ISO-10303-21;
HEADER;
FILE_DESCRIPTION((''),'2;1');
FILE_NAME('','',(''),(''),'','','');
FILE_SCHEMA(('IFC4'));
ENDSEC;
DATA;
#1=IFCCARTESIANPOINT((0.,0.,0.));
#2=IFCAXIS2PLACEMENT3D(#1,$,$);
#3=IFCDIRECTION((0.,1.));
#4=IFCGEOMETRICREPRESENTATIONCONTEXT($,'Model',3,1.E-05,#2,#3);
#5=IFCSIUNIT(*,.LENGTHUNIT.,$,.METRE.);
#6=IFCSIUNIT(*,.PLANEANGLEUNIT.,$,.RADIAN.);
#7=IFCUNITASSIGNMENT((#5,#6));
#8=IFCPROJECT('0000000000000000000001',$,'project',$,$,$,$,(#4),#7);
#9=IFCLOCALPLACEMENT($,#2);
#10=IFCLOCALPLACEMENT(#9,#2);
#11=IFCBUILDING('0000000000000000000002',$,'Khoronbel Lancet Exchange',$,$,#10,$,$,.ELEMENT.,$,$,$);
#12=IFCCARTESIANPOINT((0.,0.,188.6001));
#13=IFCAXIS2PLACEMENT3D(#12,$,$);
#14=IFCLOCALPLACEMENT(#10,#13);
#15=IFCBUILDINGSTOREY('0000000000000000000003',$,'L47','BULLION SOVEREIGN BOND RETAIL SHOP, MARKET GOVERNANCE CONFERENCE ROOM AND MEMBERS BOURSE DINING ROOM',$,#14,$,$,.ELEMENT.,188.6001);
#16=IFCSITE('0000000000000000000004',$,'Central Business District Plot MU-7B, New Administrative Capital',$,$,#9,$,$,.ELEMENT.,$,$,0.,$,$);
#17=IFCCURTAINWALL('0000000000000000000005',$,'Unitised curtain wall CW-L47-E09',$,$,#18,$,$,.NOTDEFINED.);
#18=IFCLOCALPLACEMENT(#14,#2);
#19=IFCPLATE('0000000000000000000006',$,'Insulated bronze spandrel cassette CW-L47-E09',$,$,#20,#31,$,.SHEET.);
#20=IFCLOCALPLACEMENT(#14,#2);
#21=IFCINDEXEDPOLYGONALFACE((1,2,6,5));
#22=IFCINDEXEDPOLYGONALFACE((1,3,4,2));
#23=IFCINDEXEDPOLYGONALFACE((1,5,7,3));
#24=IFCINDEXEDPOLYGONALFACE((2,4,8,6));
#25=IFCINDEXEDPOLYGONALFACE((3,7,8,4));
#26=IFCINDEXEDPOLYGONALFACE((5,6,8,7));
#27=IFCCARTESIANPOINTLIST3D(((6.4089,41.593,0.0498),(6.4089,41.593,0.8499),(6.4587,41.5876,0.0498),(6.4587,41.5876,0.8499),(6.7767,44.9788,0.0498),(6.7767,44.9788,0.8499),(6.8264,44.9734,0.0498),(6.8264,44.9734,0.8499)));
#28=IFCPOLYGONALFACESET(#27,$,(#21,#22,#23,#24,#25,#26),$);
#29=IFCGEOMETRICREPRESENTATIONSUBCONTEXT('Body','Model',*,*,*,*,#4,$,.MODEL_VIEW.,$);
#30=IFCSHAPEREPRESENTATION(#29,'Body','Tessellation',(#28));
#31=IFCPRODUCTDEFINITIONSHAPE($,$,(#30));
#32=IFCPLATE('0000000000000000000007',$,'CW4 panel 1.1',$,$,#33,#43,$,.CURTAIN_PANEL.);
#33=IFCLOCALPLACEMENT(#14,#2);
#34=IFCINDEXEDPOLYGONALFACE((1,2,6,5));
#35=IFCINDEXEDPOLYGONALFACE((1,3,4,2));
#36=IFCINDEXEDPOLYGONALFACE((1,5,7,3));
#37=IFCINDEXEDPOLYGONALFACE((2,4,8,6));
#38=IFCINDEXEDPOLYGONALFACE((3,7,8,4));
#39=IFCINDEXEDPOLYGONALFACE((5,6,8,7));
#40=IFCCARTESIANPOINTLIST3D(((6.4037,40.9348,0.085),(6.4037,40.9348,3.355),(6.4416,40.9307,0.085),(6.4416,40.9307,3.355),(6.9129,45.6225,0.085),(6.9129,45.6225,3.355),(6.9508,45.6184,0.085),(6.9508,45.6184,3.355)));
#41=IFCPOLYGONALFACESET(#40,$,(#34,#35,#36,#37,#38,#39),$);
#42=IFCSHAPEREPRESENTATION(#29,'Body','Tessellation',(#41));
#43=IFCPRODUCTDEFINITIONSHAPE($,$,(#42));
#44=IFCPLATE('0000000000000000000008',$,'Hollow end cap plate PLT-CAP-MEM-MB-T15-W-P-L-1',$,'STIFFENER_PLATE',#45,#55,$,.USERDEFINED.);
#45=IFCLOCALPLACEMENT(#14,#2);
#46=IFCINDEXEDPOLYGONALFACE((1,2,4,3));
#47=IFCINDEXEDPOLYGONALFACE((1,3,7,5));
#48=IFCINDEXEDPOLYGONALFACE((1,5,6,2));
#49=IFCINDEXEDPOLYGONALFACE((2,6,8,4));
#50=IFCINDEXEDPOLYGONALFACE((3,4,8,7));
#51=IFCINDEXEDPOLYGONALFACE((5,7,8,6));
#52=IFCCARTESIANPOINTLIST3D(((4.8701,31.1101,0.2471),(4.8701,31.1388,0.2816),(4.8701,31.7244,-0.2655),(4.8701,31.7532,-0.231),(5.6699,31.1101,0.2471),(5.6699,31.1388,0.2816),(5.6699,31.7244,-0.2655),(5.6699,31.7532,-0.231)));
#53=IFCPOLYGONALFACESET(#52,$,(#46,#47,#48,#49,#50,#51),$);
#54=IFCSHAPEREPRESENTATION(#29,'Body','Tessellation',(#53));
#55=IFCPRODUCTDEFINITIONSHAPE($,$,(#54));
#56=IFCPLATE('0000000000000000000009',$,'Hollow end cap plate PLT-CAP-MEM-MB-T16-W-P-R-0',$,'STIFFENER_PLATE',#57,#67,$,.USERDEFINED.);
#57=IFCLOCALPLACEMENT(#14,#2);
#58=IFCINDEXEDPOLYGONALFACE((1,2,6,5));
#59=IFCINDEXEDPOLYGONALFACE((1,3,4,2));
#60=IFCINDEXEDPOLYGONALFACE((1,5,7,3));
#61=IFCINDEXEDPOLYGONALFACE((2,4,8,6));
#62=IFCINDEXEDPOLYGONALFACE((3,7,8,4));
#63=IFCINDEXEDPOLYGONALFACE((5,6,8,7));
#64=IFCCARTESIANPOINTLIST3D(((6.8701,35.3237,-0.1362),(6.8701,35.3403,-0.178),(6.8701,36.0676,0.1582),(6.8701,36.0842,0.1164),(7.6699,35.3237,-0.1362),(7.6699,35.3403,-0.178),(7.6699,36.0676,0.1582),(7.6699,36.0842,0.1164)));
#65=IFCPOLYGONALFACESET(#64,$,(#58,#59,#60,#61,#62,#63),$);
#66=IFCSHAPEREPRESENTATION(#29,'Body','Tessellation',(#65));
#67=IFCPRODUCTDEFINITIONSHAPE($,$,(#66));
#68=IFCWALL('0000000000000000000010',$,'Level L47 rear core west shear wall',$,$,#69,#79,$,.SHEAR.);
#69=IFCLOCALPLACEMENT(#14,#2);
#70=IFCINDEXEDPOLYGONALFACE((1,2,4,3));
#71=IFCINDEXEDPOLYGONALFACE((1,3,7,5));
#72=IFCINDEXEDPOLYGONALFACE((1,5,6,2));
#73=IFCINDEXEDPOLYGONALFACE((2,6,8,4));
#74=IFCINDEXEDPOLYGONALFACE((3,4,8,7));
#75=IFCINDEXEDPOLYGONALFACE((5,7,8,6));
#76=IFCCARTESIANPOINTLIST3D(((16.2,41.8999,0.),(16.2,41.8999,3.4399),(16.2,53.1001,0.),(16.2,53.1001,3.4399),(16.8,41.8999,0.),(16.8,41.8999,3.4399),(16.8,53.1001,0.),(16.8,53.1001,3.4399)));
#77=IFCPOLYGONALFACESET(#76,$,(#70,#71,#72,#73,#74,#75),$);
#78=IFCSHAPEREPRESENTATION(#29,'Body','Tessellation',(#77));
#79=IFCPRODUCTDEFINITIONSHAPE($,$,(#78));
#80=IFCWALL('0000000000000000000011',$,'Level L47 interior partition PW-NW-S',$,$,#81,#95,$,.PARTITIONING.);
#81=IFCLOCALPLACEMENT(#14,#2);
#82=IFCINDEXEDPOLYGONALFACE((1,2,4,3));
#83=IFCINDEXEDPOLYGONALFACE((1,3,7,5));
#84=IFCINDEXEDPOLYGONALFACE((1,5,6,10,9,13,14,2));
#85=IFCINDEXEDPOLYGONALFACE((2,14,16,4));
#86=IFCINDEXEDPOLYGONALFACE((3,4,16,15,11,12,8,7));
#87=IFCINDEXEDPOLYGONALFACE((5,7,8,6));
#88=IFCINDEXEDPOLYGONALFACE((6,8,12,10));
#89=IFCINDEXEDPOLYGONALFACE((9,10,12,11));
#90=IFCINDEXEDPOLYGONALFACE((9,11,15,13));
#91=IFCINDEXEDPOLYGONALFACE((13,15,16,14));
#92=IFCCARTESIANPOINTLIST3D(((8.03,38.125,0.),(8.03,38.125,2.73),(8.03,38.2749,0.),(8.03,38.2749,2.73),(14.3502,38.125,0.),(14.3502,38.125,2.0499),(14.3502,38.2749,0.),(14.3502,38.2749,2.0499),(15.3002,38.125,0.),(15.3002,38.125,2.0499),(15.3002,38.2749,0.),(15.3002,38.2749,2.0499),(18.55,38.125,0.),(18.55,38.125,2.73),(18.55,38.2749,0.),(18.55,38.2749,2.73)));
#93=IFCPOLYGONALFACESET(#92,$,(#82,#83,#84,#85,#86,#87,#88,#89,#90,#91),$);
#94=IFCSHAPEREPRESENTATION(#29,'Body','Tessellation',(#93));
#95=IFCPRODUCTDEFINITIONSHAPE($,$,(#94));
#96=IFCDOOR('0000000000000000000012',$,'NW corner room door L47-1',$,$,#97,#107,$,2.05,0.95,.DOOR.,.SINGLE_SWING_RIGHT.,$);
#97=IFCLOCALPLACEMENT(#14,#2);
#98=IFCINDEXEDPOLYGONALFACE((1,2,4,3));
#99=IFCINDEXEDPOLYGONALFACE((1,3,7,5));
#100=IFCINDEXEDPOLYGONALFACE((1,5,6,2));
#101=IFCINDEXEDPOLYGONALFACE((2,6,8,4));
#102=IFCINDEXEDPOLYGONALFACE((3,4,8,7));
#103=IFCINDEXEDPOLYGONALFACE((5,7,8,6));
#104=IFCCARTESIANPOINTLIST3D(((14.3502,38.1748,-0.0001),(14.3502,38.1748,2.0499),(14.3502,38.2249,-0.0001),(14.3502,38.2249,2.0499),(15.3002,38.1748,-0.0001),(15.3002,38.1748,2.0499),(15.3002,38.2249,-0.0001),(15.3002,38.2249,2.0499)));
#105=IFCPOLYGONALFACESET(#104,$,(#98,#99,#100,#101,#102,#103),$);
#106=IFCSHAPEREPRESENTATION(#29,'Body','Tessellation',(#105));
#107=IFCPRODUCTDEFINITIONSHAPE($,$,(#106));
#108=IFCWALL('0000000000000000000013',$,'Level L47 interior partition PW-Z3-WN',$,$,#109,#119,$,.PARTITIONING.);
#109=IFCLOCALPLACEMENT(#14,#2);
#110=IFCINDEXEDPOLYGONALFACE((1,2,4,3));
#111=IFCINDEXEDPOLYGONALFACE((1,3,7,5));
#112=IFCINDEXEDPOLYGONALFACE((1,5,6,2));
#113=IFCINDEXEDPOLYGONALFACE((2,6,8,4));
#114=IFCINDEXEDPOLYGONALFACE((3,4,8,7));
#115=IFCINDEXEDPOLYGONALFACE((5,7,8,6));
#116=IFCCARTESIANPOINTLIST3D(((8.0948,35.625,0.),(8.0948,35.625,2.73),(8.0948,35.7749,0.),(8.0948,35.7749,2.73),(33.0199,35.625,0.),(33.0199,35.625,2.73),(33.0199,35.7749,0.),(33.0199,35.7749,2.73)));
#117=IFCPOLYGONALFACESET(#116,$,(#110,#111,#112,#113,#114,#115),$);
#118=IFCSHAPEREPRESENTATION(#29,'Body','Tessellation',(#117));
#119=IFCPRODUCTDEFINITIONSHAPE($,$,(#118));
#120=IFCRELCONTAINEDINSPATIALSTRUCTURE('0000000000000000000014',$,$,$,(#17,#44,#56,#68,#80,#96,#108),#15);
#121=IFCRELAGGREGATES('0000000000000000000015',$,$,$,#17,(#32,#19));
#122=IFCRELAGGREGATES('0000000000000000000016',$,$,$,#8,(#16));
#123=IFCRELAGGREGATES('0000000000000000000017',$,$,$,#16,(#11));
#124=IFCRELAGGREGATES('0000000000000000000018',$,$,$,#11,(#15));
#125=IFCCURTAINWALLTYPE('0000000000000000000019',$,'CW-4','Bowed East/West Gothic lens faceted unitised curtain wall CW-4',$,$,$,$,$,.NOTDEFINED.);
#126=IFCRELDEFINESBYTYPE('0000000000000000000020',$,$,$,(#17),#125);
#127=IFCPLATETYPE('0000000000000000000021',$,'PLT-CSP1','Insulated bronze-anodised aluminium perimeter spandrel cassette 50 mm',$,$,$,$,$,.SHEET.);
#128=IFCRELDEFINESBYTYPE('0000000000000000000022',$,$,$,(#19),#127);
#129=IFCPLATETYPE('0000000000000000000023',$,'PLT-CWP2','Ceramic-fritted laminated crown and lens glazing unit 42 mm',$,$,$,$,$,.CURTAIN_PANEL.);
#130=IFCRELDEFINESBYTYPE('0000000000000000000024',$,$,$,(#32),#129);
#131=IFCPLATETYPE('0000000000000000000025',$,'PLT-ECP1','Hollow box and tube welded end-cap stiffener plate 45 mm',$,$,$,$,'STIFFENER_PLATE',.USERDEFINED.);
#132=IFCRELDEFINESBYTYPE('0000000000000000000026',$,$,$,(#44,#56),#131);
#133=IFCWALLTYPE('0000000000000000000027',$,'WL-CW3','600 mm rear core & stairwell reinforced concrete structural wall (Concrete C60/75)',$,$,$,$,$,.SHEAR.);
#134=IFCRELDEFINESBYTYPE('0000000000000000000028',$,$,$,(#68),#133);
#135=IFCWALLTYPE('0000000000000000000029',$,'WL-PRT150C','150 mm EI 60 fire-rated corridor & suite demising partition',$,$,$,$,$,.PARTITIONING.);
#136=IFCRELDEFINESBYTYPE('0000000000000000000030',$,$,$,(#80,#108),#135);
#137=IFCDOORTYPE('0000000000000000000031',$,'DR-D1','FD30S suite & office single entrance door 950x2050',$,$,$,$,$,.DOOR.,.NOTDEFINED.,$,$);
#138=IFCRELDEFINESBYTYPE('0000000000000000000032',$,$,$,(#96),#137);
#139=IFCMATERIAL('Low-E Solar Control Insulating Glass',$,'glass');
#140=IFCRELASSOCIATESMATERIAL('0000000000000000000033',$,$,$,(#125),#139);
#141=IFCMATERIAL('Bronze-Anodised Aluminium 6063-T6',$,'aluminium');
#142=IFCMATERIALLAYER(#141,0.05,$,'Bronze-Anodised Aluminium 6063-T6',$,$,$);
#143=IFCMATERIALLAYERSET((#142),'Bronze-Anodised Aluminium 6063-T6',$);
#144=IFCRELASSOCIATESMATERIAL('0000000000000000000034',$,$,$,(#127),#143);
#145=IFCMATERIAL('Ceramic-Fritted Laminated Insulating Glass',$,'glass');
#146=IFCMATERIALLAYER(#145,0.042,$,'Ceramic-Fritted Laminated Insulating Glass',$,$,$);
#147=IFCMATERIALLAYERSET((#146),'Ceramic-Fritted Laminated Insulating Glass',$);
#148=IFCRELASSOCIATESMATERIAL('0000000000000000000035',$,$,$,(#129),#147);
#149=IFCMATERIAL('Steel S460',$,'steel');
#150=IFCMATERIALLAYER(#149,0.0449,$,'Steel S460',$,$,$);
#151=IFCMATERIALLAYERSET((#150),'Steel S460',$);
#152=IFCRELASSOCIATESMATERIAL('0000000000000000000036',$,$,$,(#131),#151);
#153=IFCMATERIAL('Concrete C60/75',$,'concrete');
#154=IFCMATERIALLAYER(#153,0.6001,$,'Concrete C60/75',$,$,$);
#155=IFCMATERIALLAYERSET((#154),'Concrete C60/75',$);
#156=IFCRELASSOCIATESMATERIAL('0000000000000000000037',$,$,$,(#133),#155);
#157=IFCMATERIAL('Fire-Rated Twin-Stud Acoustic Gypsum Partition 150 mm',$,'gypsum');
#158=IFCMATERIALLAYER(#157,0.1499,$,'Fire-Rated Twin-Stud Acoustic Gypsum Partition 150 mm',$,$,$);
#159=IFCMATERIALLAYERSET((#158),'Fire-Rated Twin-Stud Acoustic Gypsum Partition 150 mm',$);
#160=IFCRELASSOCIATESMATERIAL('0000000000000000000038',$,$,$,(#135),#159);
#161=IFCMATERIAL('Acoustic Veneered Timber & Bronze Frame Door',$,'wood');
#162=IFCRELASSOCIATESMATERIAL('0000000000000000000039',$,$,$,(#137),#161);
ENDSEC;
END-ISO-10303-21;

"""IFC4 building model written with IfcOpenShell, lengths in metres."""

from ifc_helpers import new_model, si_unit, direction, frame, frame_2d, origin, origin_2d, place, context, subcontext, project, spatial, polyline, rectangle, outline, extrude, material, layer, layer_set, type_object, element, fill, aggregate, save


model = new_model("IFC4")

# Units and contexts
model_context = context("Model", 3, precision=1e-05, world=origin(), true_north=direction((0.0, 1.0)))
body_context = subcontext(model_context, "Body", "Model", "MODEL_VIEW")
ifc_project = project(units=[si_unit("LENGTHUNIT", "METRE"), si_unit("PLANEANGLEUNIT", "RADIAN")], contexts=[model_context])

# Site, building, storey
site_placement = place(None, origin())
site = spatial("IfcSite", under=ifc_project, at=site_placement, Name="Central Business District Plot MU-7B, New Administrative Capital", CompositionType="ELEMENT", RefElevation=0.0)
building_placement = place(site_placement, origin())
building = spatial("IfcBuilding", under=site, at=building_placement, Name="Khoronbel Lancet Exchange", CompositionType="ELEMENT")
storey_placement = place(building_placement, frame((0.0, 0.0, 188.6001)))
storey = spatial("IfcBuildingStorey", under=building, at=storey_placement, Name="L47", Description="BULLION SOVEREIGN BOND RETAIL SHOP, MARKET GOVERNANCE CONFERENCE ROOM AND MEMBERS BOURSE DINING ROOM", CompositionType="ELEMENT", Elevation=188.6001)

# Shared definitions
ifc_material_1 = material(Name="Low-E Solar Control Insulating Glass", Category="glass")
curtain_wall_type = type_object("IfcCurtainWallType", Name="CW-4", Description="Bowed East/West Gothic lens faceted unitised curtain wall CW-4", PredefinedType="NOTDEFINED", material=ifc_material_1)
ifc_material_2 = material(Name="Bronze-Anodised Aluminium 6063-T6", Category="aluminium")

# Curtain wall
curtain_wall_1_placement = place(storey_placement, origin())
curtain_wall_1 = element("IfcCurtainWall", 1, at=curtain_wall_1_placement, inside=storey, type_object=curtain_wall_type, Name="Unitised curtain wall CW-L47-E09", PredefinedType="NOTDEFINED")

# Shared definitions
ifc_material_3 = material(Name="Steel S460", Category="steel")

# Plates
ifc_layer_1 = layer(ifc_material_2, 0.05, Name="Bronze-Anodised Aluminium 6063-T6")
ifc_layer_set_1 = layer_set([ifc_layer_1], Name="Bronze-Anodised Aluminium 6063-T6")
plate_type_1 = type_object("IfcPlateType", Name="PLT-CSP1", Description="Insulated bronze-anodised aluminium perimeter spandrel cassette 50 mm", PredefinedType="SHEET", material=ifc_layer_set_1)
plate_1_placement = place(storey_placement, frame((6.6177, 43.2832, 0.0498), z_axis=(0.0, 0.0, 1.0), x_axis=(0.10799, 0.994152, 0.0)))
plate_1 = element("IfcPlate", 2, at=plate_1_placement, type_object=plate_type_1, Name="Insulated bronze spandrel cassette CW-L47-E09", PredefinedType="SHEET", context=body_context, shape_type="SweptSolid", body=[
    extrude(rectangle(XDim=3.4058, YDim=0.05, at=origin_2d()), origin(), (0.0, 0.0, 1.0), 0.8),
])
ifc_material_4 = material(Name="Ceramic-Fritted Laminated Insulating Glass", Category="glass")
ifc_layer_2 = layer(ifc_material_4, 0.042, Name="Ceramic-Fritted Laminated Insulating Glass")
ifc_layer_set_2 = layer_set([ifc_layer_2], Name="Ceramic-Fritted Laminated Insulating Glass")
plate_type_2 = type_object("IfcPlateType", Name="PLT-CWP2", Description="Ceramic-fritted laminated crown and lens glazing unit 42 mm", PredefinedType="CURTAIN_PANEL", material=ifc_layer_set_2)
plate_2_placement = place(storey_placement, frame((6.6772, 43.2766, 0.085), z_axis=(0.0, 0.0, 1.0), x_axis=(0.10799, 0.994152, 0.0)))
plate_2 = element("IfcPlate", 3, at=plate_2_placement, type_object=plate_type_2, Name="CW4 panel 1.1", PredefinedType="CURTAIN_PANEL", context=body_context, shape_type="SweptSolid", body=[
    extrude(rectangle(XDim=4.7153, YDim=0.0381, at=origin_2d()), origin(), (0.0, 0.0, 1.0), 3.27),
])
aggregate(curtain_wall_1, [plate_2, plate_1])

# Plates
ifc_layer_3 = layer(ifc_material_3, 0.0449, Name="Steel S460")
ifc_layer_set_3 = layer_set([ifc_layer_3], Name="Steel S460")
plate_type_3 = type_object("IfcPlateType", Name="PLT-ECP1", Description="Hollow box and tube welded end-cap stiffener plate 45 mm", ElementType="STIFFENER_PLATE", PredefinedType="USERDEFINED", material=ifc_layer_set_3)
for number, where, z_axis, x_axis, name in (
    (4, (5.6699, 31.7532, -0.231), (0.0, 0.640605, 0.767871), (-1.0, 0.0, 0.0), "Hollow end cap plate PLT-CAP-MEM-MB-T15-W-P-L-1"),
    (5, (6.8701, 35.3237, -0.1362), (0.0, -0.368021, 0.929817), (1.0, 0.0, 0.0), "Hollow end cap plate PLT-CAP-MEM-MB-T16-W-P-R-0"),
):
    element("IfcPlate", number, at=place(storey_placement, frame(where, z_axis=z_axis, x_axis=x_axis)), inside=storey, type_object=plate_type_3, Name=name, ObjectType="STIFFENER_PLATE", PredefinedType="USERDEFINED", context=body_context, shape_type="SweptSolid", body=[
        extrude(outline(polyline([(0.0, 0.0), (0.7998, 0.0), (0.7998, 0.8), (0.0, 0.8), (0.0, 0.0)])), origin(), (0.0, 0.0, -1.0), 0.0449),
    ])

# Wall
ifc_material_5 = material(Name="Concrete C60/75", Category="concrete")
ifc_layer_4 = layer(ifc_material_5, 0.6001, Name="Concrete C60/75")
ifc_layer_set_4 = layer_set([ifc_layer_4], Name="Concrete C60/75")
wall_type_1 = type_object("IfcWallType", Name="WL-CW3", Description="600 mm rear core & stairwell reinforced concrete structural wall (Concrete C60/75)", PredefinedType="SHEAR", material=ifc_layer_set_4)
wall_1_placement = place(storey_placement, frame((16.5, 41.8999, 0.0), z_axis=(0.0, 0.0, 1.0), x_axis=(0.0, 1.0, 0.0)))
element("IfcWall", 6, at=wall_1_placement, inside=storey, type_object=wall_type_1, Name="Level L47 rear core west shear wall", PredefinedType="SHEAR", context=body_context, shape_type="SweptSolid", body=[
    extrude(rectangle(XDim=11.2002, YDim=0.6001, at=frame_2d((5.6001, 0.0))), origin(), (0.0, 0.0, 1.0), 3.4399),
])

# Wall, opening, door
ifc_material_6 = material(Name="Fire-Rated Twin-Stud Acoustic Gypsum Partition 150 mm", Category="gypsum")
ifc_layer_5 = layer(ifc_material_6, 0.1499, Name="Fire-Rated Twin-Stud Acoustic Gypsum Partition 150 mm")
ifc_layer_set_5 = layer_set([ifc_layer_5], Name="Fire-Rated Twin-Stud Acoustic Gypsum Partition 150 mm")
wall_type_2 = type_object("IfcWallType", Name="WL-PRT150C", Description="150 mm EI 60 fire-rated corridor & suite demising partition", PredefinedType="PARTITIONING", material=ifc_layer_set_5)
wall_2_placement = place(storey_placement, frame((8.03, 38.2, 0.0), z_axis=(0.0, 0.0, 1.0), x_axis=(1.0, 0.0, 0.0)))
wall_2 = element("IfcWall", 7, at=wall_2_placement, inside=storey, type_object=wall_type_2, Name="Level L47 interior partition PW-NW-S", PredefinedType="PARTITIONING", context=body_context, shape_type="SweptSolid", body=[
    extrude(rectangle(XDim=10.52, YDim=0.1499, at=frame_2d((5.26, 0.0))), origin(), (0.0, 0.0, 1.0), 2.73),
])
opening_placement = place(wall_2_placement, frame((6.3201, 0.0, 0.0)))
opening = element("IfcOpeningElement", 8, at=opening_placement, cuts=wall_2, PredefinedType="OPENING", context=body_context, shape_type="SweptSolid", body=[
    extrude(rectangle(XDim=0.95, YDim=2.05, at=frame_2d((0.4751, 1.0249))), frame((0.0, 0.085, 0.0), z_axis=(0.0, -1.0, 0.0), x_axis=(1.0, 0.0, 0.0)), (0.0, 0.0, 1.0), 0.1699),
])
ifc_material_7 = material(Name="Acoustic Veneered Timber & Bronze Frame Door", Category="wood")
door_type = type_object("IfcDoorType", Name="DR-D1", Description="FD30S suite & office single entrance door 950x2050", OperationType="NOTDEFINED", PredefinedType="DOOR", material=ifc_material_7)
door_placement = place(opening_placement, origin())
door = element("IfcDoor", 9, at=door_placement, inside=storey, type_object=door_type, Name="NW corner room door L47-1", OperationType="SINGLE_SWING_RIGHT", OverallHeight=2.05, OverallWidth=0.95, PredefinedType="DOOR", context=body_context, shape_type="SweptSolid", body=[
    extrude(rectangle(XDim=0.95, YDim=2.05, at=frame_2d((0.4751, 1.0249))), frame((0.0, 0.0249, 0.0), z_axis=(0.0, -1.0, 0.0), x_axis=(1.0, 0.0, 0.0)), (0.0, 0.0, 1.0), 0.05),
])
fill(opening, door)

# Wall
wall_3_placement = place(storey_placement, frame((8.095, 35.7, 0.0), z_axis=(0.0, 0.0, 1.0), x_axis=(1.0, 0.0, 0.0)))
element("IfcWall", 10, at=wall_3_placement, inside=storey, type_object=wall_type_2, Name="Level L47 interior partition PW-Z3-WN", PredefinedType="PARTITIONING", context=body_context, shape_type="SweptSolid", body=[
    extrude(rectangle(XDim=24.925, YDim=0.1499, at=frame_2d((12.4624, 0.0))), origin(), (0.0, 0.0, 1.0), 2.73),
])

save(model, "model.ifc")
